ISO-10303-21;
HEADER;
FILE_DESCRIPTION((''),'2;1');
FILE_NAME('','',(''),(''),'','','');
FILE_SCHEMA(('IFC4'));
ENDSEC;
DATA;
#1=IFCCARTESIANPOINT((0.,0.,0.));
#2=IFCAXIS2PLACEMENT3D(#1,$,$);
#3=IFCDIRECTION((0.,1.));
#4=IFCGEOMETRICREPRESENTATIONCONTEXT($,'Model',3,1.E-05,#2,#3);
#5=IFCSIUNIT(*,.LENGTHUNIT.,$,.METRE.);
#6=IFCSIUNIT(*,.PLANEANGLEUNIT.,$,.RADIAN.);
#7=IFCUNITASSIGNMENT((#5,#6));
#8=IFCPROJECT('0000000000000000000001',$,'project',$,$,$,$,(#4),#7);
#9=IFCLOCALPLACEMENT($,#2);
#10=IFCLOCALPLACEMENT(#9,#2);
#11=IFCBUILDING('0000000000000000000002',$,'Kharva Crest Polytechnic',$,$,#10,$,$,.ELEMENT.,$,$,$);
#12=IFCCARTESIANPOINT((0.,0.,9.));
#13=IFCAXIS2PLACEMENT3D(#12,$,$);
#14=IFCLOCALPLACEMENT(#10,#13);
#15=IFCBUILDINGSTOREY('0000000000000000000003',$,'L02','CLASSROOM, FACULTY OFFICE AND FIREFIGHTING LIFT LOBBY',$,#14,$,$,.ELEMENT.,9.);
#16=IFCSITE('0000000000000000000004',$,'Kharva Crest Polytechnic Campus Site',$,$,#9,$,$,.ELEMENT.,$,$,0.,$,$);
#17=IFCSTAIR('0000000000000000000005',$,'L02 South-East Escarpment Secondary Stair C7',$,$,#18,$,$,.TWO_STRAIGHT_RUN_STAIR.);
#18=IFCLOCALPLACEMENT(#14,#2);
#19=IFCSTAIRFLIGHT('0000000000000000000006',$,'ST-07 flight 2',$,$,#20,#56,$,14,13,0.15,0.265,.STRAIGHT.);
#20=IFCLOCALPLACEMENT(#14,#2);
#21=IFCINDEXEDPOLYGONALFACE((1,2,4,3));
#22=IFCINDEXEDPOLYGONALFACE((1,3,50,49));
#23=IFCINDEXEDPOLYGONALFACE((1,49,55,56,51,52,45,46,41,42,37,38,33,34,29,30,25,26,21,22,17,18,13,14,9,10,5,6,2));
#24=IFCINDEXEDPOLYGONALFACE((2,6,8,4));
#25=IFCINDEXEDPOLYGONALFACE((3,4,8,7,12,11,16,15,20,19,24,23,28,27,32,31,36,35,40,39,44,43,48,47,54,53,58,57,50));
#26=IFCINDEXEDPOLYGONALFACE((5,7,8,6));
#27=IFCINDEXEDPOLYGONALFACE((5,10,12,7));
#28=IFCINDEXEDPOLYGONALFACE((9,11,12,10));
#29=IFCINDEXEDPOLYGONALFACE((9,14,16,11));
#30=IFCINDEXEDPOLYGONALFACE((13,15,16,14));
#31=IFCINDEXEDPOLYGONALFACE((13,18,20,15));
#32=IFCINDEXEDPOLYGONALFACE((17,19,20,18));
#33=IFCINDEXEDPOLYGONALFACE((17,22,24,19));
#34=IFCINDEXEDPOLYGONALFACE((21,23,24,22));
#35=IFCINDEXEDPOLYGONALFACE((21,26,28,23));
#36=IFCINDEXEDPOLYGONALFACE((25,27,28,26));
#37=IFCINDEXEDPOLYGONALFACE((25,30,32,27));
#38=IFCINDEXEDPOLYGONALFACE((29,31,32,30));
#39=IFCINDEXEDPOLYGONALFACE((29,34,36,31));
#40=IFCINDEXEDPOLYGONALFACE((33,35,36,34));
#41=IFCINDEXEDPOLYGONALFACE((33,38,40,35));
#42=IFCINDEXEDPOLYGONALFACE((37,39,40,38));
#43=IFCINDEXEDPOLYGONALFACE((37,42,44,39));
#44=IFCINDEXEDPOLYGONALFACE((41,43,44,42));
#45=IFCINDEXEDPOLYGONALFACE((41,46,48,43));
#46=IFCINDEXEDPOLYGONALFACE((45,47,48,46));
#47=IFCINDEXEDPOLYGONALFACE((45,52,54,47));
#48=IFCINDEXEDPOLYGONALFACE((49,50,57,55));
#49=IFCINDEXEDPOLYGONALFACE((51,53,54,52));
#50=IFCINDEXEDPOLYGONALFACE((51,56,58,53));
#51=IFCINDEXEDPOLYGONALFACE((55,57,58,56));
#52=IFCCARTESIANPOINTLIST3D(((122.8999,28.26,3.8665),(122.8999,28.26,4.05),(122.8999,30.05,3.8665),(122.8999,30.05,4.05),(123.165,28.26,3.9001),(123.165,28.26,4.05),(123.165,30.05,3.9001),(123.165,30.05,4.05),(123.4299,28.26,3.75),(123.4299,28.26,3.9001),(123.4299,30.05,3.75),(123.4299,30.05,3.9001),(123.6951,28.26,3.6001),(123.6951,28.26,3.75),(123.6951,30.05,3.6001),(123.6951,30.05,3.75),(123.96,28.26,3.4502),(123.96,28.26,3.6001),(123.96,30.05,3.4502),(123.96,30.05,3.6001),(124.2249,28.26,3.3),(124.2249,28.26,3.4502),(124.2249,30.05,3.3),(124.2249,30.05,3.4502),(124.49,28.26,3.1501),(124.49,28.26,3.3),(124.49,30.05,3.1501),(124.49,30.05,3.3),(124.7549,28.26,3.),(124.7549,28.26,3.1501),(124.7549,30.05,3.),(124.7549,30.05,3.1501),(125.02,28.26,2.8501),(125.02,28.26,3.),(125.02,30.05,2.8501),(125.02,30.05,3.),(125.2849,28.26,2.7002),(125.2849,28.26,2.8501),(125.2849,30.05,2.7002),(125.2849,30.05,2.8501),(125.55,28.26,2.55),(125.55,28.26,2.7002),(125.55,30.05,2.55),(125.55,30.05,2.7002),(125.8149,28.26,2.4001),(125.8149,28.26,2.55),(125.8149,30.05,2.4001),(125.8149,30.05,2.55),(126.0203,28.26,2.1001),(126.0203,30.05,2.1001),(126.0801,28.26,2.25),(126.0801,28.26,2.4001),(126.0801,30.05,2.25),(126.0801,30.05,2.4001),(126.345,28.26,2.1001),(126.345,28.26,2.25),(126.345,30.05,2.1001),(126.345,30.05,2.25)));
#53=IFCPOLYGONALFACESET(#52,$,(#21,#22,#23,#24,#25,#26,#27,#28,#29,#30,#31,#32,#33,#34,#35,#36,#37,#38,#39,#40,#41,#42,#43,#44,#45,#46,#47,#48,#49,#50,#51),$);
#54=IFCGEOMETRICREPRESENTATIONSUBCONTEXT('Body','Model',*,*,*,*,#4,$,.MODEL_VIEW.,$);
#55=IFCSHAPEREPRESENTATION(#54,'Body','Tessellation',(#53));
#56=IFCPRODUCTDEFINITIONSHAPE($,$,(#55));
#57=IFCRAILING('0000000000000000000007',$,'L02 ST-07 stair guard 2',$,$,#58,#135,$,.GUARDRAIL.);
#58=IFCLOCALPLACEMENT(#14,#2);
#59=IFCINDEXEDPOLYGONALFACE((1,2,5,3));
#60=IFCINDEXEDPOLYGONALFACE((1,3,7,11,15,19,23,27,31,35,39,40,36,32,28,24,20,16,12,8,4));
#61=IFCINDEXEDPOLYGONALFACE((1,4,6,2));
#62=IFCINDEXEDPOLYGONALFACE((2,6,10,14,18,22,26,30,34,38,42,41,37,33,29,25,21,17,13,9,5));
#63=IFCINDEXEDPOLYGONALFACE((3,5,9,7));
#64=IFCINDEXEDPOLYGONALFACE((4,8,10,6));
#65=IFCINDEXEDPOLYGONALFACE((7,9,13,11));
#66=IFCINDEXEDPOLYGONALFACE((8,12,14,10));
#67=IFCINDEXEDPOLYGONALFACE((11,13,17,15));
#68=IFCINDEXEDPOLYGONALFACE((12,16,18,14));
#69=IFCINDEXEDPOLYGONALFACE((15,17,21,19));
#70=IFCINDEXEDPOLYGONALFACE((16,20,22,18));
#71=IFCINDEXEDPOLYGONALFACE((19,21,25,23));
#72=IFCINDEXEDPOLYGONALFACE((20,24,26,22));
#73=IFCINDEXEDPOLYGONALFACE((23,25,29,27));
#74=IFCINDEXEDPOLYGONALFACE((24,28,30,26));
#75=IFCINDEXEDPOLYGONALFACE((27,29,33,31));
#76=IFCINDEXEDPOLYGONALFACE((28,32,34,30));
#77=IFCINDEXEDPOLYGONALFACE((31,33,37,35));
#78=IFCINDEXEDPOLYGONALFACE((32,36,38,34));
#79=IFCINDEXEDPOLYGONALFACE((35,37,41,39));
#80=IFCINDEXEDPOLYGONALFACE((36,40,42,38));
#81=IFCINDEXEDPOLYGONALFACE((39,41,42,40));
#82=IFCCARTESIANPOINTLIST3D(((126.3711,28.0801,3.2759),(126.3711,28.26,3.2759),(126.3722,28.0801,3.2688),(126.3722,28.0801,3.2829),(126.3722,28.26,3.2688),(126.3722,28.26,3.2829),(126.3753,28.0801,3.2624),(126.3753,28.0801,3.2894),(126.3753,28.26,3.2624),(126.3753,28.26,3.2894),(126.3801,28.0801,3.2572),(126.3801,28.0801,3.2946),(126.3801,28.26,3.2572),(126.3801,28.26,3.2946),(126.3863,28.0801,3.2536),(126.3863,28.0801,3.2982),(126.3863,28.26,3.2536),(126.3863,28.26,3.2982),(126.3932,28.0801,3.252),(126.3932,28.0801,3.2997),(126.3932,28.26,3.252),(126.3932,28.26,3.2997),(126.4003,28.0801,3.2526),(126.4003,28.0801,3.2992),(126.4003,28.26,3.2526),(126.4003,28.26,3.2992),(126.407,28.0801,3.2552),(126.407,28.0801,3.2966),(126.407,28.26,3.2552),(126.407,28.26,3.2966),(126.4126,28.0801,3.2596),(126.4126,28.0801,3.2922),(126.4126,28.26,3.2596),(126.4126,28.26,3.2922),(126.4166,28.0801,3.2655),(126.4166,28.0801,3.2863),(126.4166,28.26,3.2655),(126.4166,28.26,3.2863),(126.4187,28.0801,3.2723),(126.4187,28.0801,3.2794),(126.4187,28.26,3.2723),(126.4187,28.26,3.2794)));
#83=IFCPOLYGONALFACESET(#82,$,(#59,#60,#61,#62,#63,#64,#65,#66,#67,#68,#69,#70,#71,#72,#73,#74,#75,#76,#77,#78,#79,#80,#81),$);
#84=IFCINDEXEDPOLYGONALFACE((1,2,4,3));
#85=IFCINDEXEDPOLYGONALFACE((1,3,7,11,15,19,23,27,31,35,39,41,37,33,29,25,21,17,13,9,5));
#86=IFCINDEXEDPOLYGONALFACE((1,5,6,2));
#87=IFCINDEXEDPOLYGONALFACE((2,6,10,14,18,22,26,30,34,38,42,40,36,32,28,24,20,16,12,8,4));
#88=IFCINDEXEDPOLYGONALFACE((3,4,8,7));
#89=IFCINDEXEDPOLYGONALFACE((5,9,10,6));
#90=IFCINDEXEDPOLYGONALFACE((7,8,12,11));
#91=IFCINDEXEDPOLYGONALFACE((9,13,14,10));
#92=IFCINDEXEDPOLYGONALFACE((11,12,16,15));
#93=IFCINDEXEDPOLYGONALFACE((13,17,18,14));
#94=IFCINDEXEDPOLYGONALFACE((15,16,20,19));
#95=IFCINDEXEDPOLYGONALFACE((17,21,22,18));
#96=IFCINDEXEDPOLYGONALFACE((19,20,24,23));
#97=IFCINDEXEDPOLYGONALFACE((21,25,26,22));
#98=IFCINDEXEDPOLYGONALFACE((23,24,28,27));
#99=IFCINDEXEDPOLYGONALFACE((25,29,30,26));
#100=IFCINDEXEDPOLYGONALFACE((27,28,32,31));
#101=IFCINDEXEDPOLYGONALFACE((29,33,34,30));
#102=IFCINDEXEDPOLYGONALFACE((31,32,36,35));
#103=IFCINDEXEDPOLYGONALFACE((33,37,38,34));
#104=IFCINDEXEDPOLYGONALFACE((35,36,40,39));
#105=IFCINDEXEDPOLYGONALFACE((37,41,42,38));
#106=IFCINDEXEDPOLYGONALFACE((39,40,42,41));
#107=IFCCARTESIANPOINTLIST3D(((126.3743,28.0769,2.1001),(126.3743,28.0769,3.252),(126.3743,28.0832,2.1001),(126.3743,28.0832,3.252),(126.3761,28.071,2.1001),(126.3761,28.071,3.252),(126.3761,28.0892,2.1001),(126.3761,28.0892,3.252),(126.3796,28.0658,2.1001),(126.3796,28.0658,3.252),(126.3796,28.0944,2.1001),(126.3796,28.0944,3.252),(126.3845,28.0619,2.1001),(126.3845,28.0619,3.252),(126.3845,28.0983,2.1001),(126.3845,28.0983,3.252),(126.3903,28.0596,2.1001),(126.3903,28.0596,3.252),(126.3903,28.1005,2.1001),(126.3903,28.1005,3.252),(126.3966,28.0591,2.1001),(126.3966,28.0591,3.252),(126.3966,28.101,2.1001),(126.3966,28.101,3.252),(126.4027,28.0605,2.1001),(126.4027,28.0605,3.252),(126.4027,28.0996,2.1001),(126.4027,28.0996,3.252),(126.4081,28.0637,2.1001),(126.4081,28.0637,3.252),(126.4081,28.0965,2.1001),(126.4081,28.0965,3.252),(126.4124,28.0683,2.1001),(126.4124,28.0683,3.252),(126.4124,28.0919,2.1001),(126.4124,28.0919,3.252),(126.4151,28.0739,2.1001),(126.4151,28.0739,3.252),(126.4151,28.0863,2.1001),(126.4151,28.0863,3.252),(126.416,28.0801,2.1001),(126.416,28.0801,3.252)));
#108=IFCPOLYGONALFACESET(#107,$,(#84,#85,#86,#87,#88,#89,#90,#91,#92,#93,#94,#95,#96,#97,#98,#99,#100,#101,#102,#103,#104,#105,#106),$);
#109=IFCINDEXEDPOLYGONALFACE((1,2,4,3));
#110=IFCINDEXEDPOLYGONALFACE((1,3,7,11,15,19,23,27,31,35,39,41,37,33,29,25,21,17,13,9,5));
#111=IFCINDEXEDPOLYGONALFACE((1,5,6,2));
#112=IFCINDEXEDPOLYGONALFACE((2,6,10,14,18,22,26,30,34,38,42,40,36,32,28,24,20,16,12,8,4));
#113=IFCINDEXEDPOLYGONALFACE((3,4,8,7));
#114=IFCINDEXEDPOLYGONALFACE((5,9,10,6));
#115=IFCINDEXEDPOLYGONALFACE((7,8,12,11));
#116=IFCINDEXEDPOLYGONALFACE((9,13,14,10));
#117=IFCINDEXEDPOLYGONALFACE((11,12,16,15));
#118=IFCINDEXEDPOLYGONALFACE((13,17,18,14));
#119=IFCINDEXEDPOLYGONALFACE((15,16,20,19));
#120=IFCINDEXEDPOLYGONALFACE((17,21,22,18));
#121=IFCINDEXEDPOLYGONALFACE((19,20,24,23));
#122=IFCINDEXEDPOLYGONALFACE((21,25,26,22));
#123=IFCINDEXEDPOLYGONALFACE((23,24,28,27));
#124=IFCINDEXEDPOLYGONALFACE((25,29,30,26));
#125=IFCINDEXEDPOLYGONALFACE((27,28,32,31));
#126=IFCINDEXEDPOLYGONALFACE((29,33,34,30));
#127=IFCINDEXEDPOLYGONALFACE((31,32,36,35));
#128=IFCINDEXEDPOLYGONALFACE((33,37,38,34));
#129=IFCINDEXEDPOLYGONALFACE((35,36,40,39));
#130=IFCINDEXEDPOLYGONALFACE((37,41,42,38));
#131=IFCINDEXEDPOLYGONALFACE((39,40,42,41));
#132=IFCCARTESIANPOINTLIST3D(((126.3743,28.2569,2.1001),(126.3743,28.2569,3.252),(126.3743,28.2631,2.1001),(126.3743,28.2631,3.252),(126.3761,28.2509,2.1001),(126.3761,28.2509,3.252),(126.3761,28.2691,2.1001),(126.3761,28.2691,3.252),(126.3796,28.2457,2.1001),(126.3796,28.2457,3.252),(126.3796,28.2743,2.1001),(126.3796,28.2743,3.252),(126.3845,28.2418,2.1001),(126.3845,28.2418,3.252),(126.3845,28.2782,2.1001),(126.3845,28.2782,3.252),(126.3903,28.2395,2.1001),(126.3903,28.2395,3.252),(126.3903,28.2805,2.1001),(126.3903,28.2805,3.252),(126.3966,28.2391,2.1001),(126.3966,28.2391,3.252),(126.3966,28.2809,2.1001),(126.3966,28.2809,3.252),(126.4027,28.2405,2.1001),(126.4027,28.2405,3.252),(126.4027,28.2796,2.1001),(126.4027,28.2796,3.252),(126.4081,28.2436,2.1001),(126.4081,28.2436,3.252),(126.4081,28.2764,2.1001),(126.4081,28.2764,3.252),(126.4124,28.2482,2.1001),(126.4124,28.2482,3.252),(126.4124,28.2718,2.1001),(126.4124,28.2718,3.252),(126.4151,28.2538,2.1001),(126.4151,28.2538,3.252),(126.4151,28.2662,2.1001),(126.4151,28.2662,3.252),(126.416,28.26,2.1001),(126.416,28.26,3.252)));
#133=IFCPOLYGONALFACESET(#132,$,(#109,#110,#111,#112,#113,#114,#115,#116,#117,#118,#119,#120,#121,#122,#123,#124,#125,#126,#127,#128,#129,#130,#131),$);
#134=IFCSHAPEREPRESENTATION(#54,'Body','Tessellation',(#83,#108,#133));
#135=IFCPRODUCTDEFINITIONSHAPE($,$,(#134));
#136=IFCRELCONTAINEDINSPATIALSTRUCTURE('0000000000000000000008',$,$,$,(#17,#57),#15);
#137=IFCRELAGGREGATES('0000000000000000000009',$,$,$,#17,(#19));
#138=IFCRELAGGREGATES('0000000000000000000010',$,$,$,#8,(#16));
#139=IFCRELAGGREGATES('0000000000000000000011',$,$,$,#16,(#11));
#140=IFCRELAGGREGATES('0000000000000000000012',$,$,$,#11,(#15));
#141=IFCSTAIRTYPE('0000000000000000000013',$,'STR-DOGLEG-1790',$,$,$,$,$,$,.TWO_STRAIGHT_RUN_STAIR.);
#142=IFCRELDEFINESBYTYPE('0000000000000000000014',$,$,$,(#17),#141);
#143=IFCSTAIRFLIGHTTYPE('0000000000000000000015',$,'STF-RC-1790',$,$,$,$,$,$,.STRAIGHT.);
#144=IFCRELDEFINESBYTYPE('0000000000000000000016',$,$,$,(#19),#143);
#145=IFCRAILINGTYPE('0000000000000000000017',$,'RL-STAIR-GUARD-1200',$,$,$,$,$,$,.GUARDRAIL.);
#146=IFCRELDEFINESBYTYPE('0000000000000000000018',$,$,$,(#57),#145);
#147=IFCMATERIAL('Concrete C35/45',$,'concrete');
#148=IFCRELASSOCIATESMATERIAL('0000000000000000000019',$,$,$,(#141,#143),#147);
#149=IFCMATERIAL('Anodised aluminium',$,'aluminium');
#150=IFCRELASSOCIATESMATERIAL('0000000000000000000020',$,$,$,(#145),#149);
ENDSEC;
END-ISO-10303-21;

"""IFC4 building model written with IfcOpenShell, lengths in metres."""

from ifc_helpers import new_model, si_unit, direction, frame, origin, origin_2d, place, context, subcontext, project, spatial, polyline, circle, outline, extrude, material, type_object, element, aggregate, save


model = new_model("IFC4")

# Units and contexts
model_context = context("Model", 3, precision=1e-05, world=origin(), true_north=direction((0.0, 1.0)))
body_context = subcontext(model_context, "Body", "Model", "MODEL_VIEW")
ifc_project = project(units=[si_unit("LENGTHUNIT", "METRE"), si_unit("PLANEANGLEUNIT", "RADIAN")], contexts=[model_context])

# Site, building, storey
site_placement = place(None, origin())
site = spatial("IfcSite", under=ifc_project, at=site_placement, Name="Kharva Crest Polytechnic Campus Site", CompositionType="ELEMENT", RefElevation=0.0)
building_placement = place(site_placement, origin())
building = spatial("IfcBuilding", under=site, at=building_placement, Name="Kharva Crest Polytechnic", CompositionType="ELEMENT")
storey_placement = place(building_placement, frame((0.0, 0.0, 9.0)))
storey = spatial("IfcBuildingStorey", under=building, at=storey_placement, Name="L02", Description="CLASSROOM, FACULTY OFFICE AND FIREFIGHTING LIFT LOBBY", CompositionType="ELEMENT", Elevation=9.0)

# Shared definitions
ifc_material_1 = material(Name="Concrete C35/45", Category="concrete")

# Stair, stair flight
stair_type = type_object("IfcStairType", Name="STR-DOGLEG-1790", PredefinedType="TWO_STRAIGHT_RUN_STAIR", material=ifc_material_1)
stair_placement = place(storey_placement, origin())
stair = element("IfcStair", 1, at=stair_placement, inside=storey, type_object=stair_type, Name="L02 South-East Escarpment Secondary Stair C7", PredefinedType="TWO_STRAIGHT_RUN_STAIR")
stair_flight_type = type_object("IfcStairFlightType", Name="STF-RC-1790", PredefinedType="STRAIGHT", material=ifc_material_1)
stair_flight_placement = place(storey_placement, frame((126.345, 29.155, 2.1001), z_axis=(0.0, 0.0, 1.0), x_axis=(-1.0, 0.0, 0.0)))
stair_flight = element("IfcStairFlight", 2, at=stair_flight_placement, type_object=stair_flight_type, Name="ST-07 flight 2", NumberOfRisers=14, NumberOfTreads=13, PredefinedType="STRAIGHT", RiserHeight=0.15, TreadLength=0.265, context=body_context, shape_type="SweptSolid", body=[
    extrude(outline(polyline([(0.0, 0.0), (0.0, 0.1499), (0.2649, 0.1499), (0.2649, 0.3), (0.53, 0.3), (0.53, 0.45), (0.7949, 0.45), (0.7949, 0.6001), (1.0601, 0.6001), (1.0601, 0.75), (1.325, 0.75), (1.325, 0.8999), (1.5901, 0.8999), (1.5901, 1.05), (1.855, 1.05), (1.855, 1.2), (2.1201, 1.2), (2.1201, 1.3501), (2.385, 1.3501), (2.385, 1.5), (2.6499, 1.5), (2.6499, 1.6499), (2.915, 1.6499), (2.915, 1.8), (3.1799, 1.8), (3.1799, 1.95), (3.4451, 1.95), (3.4451, 2.1001), (3.4451, 1.7664), (0.3247, 0.0), (0.0, 0.0)])), frame((0.0, 0.895, 0.0), z_axis=(0.0, -1.0, 0.0), x_axis=(1.0, 0.0, 0.0)), (0.0, 0.0, 1.0), 1.79),
])
aggregate(stair, [stair_flight])

# Railing
ifc_material_2 = material(Name="Anodised aluminium", Category="aluminium")
railing_type_1 = type_object("IfcRailingType", Name="RL-STAIR-GUARD-1200", PredefinedType="GUARDRAIL", material=ifc_material_2)
railing_1_placement = place(storey_placement, frame((126.395, 28.0801, 2.1001)))
element("IfcRailing", 3, at=railing_1_placement, inside=storey, type_object=railing_type_1, Name="L02 ST-07 stair guard 2", PredefinedType="GUARDRAIL", context=body_context, shape_type="SweptSolid", body=[
    extrude(circle(Radius=0.0239, at=origin_2d()), frame((0.0, 0.0, 1.1758), z_axis=(0.0, 1.0, 0.0), x_axis=(-1.0, 0.0, 0.0)), (0.0, 0.0, 1.0), 0.1799),
    extrude(circle(Radius=0.021, at=origin_2d()), origin(), (0.0, 0.0, 1.0), 1.1519),
    extrude(circle(Radius=0.021, at=origin_2d()), frame((0.0, 0.1799, 0.0)), (0.0, 0.0, 1.0), 1.1519),
])

save(model, "model.ifc")
